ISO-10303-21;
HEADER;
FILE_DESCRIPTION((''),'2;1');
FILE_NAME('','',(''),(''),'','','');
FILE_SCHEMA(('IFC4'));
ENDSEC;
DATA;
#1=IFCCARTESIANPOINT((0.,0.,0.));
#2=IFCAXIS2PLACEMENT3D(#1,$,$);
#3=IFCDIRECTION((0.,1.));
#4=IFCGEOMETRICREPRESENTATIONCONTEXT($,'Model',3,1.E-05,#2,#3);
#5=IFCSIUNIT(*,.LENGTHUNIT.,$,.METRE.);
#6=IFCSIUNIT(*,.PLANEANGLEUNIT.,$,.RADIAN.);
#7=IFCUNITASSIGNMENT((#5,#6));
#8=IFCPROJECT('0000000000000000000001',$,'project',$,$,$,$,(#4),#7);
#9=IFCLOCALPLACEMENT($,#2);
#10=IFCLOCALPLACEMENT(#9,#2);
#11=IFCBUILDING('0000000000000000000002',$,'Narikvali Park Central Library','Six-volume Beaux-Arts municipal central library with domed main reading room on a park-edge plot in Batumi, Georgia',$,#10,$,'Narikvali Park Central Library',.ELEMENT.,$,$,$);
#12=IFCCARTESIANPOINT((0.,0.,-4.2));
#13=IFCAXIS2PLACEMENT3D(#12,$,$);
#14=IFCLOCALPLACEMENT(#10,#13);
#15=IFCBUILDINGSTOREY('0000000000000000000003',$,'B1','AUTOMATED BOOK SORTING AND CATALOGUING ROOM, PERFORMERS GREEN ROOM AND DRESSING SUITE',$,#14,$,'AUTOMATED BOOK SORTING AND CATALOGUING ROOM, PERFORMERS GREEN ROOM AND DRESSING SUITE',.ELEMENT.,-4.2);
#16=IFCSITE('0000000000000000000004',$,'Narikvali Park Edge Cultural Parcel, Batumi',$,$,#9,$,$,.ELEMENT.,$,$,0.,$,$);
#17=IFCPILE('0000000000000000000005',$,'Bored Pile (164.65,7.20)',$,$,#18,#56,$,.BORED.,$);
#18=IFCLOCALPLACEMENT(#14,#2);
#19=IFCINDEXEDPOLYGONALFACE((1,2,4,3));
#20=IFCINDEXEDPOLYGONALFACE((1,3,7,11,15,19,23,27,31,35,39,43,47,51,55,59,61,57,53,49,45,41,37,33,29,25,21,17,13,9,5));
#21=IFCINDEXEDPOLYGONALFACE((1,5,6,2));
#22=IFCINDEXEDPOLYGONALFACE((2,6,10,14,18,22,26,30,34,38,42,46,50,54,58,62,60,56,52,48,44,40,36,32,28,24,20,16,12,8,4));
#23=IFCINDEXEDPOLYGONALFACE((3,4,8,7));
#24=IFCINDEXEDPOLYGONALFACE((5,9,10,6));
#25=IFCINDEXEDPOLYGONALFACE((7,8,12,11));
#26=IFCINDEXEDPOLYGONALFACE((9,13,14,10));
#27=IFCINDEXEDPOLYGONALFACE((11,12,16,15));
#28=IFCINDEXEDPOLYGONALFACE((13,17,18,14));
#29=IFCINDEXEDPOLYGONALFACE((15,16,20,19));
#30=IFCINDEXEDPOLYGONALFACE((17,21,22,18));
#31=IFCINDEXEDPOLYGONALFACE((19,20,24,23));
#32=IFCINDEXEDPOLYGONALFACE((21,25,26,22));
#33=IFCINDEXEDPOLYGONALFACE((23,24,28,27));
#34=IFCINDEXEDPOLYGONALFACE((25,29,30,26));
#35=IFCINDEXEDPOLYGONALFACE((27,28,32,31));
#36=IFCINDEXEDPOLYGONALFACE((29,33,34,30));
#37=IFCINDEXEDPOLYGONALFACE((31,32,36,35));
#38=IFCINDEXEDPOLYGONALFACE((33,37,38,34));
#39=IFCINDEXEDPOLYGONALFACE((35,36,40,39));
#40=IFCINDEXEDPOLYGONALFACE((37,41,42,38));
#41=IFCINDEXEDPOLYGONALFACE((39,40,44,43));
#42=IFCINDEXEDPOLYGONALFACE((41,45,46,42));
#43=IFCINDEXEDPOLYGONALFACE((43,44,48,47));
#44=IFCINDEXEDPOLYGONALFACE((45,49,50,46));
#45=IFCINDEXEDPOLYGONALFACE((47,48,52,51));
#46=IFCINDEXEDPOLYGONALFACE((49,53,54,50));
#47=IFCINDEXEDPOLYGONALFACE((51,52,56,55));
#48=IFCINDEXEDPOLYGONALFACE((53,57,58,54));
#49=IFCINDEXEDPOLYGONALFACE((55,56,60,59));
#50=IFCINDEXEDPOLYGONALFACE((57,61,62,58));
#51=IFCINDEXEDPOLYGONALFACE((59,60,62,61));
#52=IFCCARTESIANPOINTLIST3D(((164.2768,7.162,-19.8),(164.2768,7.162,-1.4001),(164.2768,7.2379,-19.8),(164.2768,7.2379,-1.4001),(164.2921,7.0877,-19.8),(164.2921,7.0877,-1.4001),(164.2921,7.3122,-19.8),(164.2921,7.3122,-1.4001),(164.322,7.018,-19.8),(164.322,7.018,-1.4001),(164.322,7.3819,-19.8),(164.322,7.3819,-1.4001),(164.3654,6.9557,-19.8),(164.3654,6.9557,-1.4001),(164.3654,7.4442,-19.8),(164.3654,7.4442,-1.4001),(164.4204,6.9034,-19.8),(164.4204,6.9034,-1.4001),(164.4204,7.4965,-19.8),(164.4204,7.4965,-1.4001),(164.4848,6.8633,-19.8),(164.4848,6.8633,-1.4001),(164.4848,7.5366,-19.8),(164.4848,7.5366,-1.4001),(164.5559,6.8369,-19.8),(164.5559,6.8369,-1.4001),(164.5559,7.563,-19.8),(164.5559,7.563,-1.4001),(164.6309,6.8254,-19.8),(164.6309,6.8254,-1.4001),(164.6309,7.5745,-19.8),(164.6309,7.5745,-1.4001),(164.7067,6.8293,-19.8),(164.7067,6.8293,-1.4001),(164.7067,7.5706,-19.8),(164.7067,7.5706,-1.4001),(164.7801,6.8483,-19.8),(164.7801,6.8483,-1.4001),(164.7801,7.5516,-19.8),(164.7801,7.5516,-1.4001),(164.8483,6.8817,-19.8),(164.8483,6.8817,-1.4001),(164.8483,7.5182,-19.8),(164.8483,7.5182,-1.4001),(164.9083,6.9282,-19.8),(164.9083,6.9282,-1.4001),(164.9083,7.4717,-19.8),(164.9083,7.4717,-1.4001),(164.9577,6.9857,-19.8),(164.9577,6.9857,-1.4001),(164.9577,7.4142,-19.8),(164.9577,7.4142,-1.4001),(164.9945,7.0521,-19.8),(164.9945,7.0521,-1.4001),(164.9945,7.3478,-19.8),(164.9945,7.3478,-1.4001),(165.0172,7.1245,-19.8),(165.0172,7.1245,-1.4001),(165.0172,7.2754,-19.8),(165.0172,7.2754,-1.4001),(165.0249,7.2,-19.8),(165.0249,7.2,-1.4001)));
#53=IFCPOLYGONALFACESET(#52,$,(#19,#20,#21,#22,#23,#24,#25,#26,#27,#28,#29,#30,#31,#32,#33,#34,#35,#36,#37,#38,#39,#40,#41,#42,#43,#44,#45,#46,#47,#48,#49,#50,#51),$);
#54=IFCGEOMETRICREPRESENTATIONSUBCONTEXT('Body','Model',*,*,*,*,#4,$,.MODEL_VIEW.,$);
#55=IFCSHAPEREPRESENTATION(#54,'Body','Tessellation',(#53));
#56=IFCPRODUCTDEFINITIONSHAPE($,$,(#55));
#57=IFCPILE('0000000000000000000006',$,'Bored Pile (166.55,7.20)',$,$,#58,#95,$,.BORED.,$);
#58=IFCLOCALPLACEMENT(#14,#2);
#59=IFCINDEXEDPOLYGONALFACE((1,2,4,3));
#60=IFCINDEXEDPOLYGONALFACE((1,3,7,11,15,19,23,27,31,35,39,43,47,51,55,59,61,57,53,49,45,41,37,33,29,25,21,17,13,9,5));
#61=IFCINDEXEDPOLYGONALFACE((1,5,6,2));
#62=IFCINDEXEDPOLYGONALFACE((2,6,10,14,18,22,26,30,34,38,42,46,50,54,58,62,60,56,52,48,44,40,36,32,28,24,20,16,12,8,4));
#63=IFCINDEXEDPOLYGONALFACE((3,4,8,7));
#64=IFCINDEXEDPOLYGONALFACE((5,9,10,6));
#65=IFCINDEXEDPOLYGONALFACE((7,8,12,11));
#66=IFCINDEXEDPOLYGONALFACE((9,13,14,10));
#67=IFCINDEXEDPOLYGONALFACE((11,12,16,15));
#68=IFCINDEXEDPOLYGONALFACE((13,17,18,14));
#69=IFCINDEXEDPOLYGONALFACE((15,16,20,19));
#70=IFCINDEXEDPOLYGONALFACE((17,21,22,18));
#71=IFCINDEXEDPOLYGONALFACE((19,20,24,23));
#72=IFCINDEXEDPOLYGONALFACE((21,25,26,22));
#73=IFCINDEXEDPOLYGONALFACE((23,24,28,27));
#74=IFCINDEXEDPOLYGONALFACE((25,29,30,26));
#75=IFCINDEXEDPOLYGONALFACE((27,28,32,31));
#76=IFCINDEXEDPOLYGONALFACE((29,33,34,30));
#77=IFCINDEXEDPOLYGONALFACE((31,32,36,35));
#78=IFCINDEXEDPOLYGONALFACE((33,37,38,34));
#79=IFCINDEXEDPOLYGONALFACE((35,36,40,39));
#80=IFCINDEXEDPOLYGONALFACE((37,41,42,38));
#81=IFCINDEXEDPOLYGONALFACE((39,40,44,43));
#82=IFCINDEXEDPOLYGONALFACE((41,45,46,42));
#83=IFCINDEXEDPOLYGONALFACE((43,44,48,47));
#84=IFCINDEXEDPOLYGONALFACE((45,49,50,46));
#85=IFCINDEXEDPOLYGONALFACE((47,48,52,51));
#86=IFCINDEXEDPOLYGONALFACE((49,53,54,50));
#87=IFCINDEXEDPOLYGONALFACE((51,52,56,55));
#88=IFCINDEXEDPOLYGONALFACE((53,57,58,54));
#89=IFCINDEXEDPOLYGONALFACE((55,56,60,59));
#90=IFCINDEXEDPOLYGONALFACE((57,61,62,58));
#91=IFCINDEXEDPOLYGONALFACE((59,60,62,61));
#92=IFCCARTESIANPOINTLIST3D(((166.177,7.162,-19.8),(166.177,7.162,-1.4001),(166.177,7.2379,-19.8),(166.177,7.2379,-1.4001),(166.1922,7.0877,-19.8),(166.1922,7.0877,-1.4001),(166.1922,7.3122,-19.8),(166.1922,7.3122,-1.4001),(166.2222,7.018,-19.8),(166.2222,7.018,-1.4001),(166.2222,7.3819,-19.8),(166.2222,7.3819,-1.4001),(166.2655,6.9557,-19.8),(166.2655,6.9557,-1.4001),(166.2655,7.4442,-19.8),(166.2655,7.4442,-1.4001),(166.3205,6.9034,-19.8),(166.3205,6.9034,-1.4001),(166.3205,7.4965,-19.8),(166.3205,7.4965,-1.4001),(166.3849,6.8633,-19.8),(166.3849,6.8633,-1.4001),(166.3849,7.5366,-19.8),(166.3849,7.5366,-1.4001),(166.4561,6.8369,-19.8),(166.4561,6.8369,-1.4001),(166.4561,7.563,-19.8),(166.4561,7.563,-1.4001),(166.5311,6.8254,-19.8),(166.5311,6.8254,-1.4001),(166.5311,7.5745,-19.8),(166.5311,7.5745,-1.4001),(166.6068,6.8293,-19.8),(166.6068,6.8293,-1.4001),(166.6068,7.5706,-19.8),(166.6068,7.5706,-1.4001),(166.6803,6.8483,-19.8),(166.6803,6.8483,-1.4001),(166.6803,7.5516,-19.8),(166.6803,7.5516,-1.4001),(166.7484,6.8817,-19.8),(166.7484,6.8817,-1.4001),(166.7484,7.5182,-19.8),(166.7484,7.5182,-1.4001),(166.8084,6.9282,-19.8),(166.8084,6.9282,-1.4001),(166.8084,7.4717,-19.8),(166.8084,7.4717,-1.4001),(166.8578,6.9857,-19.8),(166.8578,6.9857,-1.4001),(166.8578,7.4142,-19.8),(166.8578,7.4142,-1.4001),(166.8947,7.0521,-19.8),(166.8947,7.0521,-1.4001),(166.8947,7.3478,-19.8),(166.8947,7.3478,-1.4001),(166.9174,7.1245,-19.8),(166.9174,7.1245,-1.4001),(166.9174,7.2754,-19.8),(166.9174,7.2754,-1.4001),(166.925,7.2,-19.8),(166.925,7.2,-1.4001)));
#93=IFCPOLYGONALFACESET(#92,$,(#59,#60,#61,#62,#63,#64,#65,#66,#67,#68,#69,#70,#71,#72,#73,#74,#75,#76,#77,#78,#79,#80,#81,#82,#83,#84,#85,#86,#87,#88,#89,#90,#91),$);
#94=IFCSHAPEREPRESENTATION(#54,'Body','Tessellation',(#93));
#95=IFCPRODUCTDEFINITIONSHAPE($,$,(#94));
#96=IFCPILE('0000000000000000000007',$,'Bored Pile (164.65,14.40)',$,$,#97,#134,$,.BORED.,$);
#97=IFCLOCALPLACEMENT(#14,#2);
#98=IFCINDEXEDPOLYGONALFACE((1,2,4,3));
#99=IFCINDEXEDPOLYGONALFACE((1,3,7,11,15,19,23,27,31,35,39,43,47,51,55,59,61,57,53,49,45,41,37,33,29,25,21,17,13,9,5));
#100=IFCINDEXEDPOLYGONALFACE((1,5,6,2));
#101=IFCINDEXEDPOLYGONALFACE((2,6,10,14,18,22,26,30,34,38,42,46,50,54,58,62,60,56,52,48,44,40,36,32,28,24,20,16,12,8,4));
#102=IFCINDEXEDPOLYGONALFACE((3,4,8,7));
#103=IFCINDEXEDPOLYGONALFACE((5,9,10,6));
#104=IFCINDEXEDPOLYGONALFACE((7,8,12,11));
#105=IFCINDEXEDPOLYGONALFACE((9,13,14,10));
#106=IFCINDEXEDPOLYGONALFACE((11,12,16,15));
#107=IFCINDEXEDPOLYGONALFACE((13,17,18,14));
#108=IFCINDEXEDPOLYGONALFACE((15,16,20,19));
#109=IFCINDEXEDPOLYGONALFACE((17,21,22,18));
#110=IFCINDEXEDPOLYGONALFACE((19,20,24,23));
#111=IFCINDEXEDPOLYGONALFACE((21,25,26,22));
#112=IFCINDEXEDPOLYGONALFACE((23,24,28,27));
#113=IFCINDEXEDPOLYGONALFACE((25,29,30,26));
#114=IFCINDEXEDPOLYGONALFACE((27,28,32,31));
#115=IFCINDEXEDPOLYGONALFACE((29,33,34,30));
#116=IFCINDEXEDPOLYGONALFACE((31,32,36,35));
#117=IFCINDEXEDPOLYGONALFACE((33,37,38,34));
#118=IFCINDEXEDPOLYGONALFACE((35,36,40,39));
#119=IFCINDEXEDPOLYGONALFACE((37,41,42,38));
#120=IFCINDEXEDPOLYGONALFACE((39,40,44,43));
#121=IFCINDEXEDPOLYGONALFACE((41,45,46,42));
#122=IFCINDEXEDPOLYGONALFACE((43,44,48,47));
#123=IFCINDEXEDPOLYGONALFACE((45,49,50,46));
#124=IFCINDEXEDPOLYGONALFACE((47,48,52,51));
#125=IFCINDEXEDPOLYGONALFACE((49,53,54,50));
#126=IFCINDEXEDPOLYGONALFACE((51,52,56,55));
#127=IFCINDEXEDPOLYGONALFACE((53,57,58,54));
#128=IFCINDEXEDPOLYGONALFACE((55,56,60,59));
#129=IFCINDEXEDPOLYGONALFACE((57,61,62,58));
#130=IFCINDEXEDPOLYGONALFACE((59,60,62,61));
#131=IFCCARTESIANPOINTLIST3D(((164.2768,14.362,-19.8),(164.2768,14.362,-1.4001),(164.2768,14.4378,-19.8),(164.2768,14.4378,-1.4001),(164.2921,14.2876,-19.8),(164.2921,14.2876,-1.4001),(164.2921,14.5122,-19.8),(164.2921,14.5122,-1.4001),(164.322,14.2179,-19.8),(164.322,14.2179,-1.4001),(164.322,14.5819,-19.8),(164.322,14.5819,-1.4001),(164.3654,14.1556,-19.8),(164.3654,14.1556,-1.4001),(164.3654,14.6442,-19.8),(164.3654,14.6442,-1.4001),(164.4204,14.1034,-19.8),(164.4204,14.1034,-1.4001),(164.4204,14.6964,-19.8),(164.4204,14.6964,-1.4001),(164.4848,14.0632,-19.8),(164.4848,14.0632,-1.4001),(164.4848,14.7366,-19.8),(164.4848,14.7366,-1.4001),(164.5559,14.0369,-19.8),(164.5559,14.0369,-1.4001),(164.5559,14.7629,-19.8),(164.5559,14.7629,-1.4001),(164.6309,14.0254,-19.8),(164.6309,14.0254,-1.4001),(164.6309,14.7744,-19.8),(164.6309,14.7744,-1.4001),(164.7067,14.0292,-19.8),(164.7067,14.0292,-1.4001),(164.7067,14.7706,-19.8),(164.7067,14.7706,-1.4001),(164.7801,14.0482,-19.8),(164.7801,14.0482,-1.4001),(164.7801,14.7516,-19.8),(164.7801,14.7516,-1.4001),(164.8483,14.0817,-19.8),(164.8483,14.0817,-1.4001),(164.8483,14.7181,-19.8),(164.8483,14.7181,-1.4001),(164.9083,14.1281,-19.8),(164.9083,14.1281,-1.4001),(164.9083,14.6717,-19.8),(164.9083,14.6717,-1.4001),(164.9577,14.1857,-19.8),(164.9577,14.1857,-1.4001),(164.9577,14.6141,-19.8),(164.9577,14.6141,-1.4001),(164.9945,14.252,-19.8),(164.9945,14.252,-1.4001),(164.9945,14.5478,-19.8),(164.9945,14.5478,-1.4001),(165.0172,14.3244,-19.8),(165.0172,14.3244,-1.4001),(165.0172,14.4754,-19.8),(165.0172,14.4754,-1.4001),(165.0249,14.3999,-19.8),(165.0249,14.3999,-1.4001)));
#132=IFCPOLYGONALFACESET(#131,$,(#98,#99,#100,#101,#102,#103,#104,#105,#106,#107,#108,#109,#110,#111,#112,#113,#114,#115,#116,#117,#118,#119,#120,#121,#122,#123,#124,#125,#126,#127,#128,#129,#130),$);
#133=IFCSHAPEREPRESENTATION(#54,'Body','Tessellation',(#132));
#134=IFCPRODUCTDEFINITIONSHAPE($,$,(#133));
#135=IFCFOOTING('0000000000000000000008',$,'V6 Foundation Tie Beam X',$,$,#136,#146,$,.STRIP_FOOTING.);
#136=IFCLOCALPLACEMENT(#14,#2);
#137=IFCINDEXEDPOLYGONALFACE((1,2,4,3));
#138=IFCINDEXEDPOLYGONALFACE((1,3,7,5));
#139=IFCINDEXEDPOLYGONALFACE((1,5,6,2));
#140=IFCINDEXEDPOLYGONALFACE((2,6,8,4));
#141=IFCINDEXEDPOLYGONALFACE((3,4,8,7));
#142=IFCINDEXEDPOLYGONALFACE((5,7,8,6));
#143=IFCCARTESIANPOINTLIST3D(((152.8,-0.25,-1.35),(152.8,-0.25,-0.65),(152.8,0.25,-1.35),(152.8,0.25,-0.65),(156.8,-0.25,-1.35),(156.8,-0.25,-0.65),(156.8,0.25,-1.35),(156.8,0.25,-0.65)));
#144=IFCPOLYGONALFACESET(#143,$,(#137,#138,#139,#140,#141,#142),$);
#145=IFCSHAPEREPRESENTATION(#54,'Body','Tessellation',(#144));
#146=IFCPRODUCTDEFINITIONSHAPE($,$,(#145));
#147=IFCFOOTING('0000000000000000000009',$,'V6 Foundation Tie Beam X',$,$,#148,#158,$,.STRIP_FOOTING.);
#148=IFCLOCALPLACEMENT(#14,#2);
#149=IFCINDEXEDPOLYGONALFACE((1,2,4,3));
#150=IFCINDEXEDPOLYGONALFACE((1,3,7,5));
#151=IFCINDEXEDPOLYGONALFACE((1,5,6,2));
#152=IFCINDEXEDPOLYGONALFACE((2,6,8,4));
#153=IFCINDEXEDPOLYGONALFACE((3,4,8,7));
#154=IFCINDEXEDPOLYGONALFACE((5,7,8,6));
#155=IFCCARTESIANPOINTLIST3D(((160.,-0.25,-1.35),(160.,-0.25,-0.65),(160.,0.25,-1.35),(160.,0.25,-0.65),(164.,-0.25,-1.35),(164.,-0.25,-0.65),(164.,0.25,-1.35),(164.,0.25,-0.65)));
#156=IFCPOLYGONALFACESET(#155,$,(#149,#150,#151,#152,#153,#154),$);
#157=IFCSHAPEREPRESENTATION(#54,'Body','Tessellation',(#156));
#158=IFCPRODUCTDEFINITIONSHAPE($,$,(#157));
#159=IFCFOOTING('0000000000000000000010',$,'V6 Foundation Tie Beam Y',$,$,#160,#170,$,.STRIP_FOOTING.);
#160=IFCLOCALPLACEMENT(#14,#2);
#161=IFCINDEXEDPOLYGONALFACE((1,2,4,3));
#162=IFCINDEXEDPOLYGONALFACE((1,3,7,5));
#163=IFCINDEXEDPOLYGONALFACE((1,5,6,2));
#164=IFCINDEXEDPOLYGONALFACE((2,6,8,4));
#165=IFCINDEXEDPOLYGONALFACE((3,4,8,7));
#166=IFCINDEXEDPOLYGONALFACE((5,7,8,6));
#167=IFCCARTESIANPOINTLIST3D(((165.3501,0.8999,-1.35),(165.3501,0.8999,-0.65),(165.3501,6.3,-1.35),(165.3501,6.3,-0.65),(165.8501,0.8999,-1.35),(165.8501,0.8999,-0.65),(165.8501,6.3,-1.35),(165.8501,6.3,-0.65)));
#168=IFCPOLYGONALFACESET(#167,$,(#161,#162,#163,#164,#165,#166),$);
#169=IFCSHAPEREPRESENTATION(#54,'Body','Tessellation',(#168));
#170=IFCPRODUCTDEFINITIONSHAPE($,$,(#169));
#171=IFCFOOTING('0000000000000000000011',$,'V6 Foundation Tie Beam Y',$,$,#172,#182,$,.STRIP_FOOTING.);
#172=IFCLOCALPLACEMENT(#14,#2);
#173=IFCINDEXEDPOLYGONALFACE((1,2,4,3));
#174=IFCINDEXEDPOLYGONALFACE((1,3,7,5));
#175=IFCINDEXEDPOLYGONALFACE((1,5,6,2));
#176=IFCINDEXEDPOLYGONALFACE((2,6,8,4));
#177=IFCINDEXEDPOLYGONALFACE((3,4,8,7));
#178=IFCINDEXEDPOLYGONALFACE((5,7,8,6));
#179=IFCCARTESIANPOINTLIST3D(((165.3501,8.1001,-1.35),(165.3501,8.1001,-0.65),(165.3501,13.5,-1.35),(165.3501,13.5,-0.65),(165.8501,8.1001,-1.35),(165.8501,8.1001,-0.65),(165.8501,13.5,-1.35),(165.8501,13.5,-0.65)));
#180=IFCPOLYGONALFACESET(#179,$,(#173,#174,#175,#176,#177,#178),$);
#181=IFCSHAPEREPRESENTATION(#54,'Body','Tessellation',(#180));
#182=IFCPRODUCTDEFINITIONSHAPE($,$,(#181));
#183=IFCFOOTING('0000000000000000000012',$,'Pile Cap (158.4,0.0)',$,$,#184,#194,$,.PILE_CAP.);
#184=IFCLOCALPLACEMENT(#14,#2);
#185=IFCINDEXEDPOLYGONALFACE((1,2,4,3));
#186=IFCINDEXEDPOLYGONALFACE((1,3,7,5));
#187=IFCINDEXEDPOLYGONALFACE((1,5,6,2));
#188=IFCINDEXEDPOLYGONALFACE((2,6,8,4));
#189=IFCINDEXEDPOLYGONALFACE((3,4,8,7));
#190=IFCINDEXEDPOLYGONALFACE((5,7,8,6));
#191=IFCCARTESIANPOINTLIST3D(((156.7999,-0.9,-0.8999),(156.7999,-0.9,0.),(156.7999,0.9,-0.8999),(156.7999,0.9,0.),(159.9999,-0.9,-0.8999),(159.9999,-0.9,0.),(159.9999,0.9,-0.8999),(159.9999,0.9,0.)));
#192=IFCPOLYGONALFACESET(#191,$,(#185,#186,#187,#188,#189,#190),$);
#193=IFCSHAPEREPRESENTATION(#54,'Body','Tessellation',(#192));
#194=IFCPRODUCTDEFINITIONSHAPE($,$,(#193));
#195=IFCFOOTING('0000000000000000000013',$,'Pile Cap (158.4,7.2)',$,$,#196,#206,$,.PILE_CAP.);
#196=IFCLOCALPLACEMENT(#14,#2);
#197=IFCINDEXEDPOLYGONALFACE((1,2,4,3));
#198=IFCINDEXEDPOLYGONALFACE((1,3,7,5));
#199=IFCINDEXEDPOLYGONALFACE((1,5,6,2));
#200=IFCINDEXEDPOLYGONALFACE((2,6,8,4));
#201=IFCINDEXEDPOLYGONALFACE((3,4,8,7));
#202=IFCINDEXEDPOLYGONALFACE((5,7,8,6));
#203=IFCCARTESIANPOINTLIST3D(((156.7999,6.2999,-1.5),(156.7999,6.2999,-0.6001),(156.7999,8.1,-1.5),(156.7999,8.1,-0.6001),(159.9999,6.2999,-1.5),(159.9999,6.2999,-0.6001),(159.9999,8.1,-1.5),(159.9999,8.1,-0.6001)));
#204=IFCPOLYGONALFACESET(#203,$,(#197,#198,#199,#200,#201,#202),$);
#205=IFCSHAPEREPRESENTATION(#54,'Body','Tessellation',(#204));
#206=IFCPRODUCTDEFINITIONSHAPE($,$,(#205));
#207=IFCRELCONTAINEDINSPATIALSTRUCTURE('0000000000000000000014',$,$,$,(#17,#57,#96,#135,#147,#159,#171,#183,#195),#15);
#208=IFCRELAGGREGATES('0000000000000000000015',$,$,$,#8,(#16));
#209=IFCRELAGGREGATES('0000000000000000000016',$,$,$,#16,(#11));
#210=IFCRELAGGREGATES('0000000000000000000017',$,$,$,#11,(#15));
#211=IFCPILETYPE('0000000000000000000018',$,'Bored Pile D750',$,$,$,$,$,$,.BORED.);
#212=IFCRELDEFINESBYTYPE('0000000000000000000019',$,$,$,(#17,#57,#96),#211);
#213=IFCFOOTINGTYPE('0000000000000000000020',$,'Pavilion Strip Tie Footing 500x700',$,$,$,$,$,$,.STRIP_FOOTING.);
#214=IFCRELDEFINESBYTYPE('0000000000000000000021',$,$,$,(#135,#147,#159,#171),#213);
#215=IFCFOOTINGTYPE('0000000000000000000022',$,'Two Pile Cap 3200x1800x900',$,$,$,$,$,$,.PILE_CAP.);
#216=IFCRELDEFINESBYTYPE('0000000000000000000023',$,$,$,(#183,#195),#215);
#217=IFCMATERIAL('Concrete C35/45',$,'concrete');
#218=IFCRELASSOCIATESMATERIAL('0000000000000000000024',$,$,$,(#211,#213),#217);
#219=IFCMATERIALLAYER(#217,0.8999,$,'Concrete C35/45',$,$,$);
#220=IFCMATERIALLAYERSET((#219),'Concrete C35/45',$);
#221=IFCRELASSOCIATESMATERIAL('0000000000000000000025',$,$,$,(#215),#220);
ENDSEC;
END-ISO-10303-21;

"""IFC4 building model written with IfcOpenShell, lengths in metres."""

from ifc_helpers import new_model, si_unit, direction, frame, origin, origin_2d, place, context, subcontext, project, spatial, rectangle, circle, extrude, material, layer, layer_set, material_profile, profile_set, type_object, element, save


model = new_model("IFC4")

# Units and contexts
model_context = context("Model", 3, precision=1e-05, world=origin(), true_north=direction((0.0, 1.0)))
body_context = subcontext(model_context, "Body", "Model", "MODEL_VIEW")
ifc_project = project(units=[si_unit("LENGTHUNIT", "METRE"), si_unit("PLANEANGLEUNIT", "RADIAN")], contexts=[model_context])

# Site, building, storey
site_placement = place(None, origin())
site = spatial("IfcSite", under=ifc_project, at=site_placement, Name="Narikvali Park Edge Cultural Parcel, Batumi", CompositionType="ELEMENT", RefElevation=0.0)
building_placement = place(site_placement, origin())
building = spatial("IfcBuilding", under=site, at=building_placement, Name="Narikvali Park Central Library", Description="Six-volume Beaux-Arts municipal central library with domed main reading room on a park-edge plot in Batumi, Georgia", LongName="Narikvali Park Central Library", CompositionType="ELEMENT")
storey_placement = place(building_placement, frame((0.0, 0.0, -4.2)))
storey = spatial("IfcBuildingStorey", under=building, at=storey_placement, Name="B1", Description="AUTOMATED BOOK SORTING AND CATALOGUING ROOM, PERFORMERS GREEN ROOM AND DRESSING SUITE", LongName="AUTOMATED BOOK SORTING AND CATALOGUING ROOM, PERFORMERS GREEN ROOM AND DRESSING SUITE", CompositionType="ELEMENT", Elevation=-4.2)

# Piles
ifc_material_1 = material(Name="Concrete C35/45", Category="concrete")
ifc_material_profile_1 = material_profile(ifc_material_1, circle(Radius=0.375, at=origin_2d()), Name="PILE D750")
ifc_profile_set_1 = profile_set([ifc_material_profile_1], Name="Concrete C35/45")
pile_type = type_object("IfcPileType", Name="Bored Pile D750", PredefinedType="BORED", material=ifc_profile_set_1)
for number, where, z_axis, x_axis, name in (
    (1, (164.6499, 7.2, -1.4001), (0.0, 0.0, -1.0), (1.0, 0.0, 0.0), "Bored Pile (164.65,7.20)"),
    (2, (166.55, 7.2, -1.4001), (0.0, 0.0, -1.0), (1.0, 0.0, 0.0), "Bored Pile (166.55,7.20)"),
    (3, (164.6499, 14.3999, -1.4001), (0.0, 0.0, -1.0), (1.0, 0.0, 0.0), "Bored Pile (164.65,14.40)"),
):
    element("IfcPile", number, at=place(storey_placement, frame(where, z_axis=z_axis, x_axis=x_axis)), inside=storey, type_object=pile_type, Name=name, PredefinedType="BORED", context=body_context, shape_type="SweptSolid", body=[
        extrude(circle(Radius=0.375, at=origin_2d()), origin(), (0.0, 0.0, 1.0), 18.3999),
    ])

# Footings
ifc_material_profile_2 = material_profile(ifc_material_1, rectangle(XDim=0.5, YDim=0.7, at=origin_2d()), Name="RC GB 500x700")
ifc_profile_set_2 = profile_set([ifc_material_profile_2], Name="Concrete C35/45")
footing_type_1 = type_object("IfcFootingType", Name="Pavilion Strip Tie Footing 500x700", PredefinedType="STRIP_FOOTING", material=ifc_profile_set_2)
for number, where, z_axis, x_axis, name in (
    (4, (152.8, 0.0, -1.0), (1.0, 0.0, 0.0), (0.0, 1.0, 0.0), "V6 Foundation Tie Beam X"),
    (5, (160.0, 0.0, -1.0), (1.0, 0.0, 0.0), (0.0, 1.0, 0.0), "V6 Foundation Tie Beam X"),
):
    element("IfcFooting", number, at=place(storey_placement, frame(where, z_axis=z_axis, x_axis=x_axis)), inside=storey, type_object=footing_type_1, Name=name, PredefinedType="STRIP_FOOTING", context=body_context, shape_type="SweptSolid", body=[
        extrude(rectangle(XDim=0.5, YDim=0.7, at=origin_2d()), origin(), (0.0, 0.0, 1.0), 4.0),
    ])
footing_1_placement = place(storey_placement, frame((165.6001, 0.8999, -1.0), z_axis=(0.0, 1.0, 0.0), x_axis=(-1.0, 0.0, 0.0)))
element("IfcFooting", 6, at=footing_1_placement, inside=storey, type_object=footing_type_1, Name="V6 Foundation Tie Beam Y", PredefinedType="STRIP_FOOTING", context=body_context, shape_type="SweptSolid", body=[
    extrude(rectangle(XDim=0.5, YDim=0.7, at=origin_2d()), origin(), (0.0, 0.0, 1.0), 5.4001),
])
footing_2_placement = place(storey_placement, frame((165.6001, 8.1001, -1.0), z_axis=(0.0, 1.0, 0.0), x_axis=(-1.0, 0.0, 0.0)))
element("IfcFooting", 7, at=footing_2_placement, inside=storey, type_object=footing_type_1, Name="V6 Foundation Tie Beam Y", PredefinedType="STRIP_FOOTING", context=body_context, shape_type="SweptSolid", body=[
    extrude(rectangle(XDim=0.5, YDim=0.7, at=origin_2d()), origin(), (0.0, 0.0, 1.0), 5.3999),
])
ifc_layer_1 = layer(ifc_material_1, 0.8999, Name="Concrete C35/45")
ifc_layer_set_1 = layer_set([ifc_layer_1], Name="Concrete C35/45")
footing_type_2 = type_object("IfcFootingType", Name="Two Pile Cap 3200x1800x900", PredefinedType="PILE_CAP", material=ifc_layer_set_1)
for number, where, z_axis, x_axis, name in (
    (8, (158.3999, 0.0, -0.8999), (0.0, 0.0, 1.0), (1.0, 0.0, 0.0), "Pile Cap (158.4,0.0)"),
    (9, (158.3999, 7.2, -1.5), (0.0, 0.0, 1.0), (1.0, 0.0, 0.0), "Pile Cap (158.4,7.2)"),
):
    element("IfcFooting", number, at=place(storey_placement, frame(where, z_axis=z_axis, x_axis=x_axis)), inside=storey, type_object=footing_type_2, Name=name, PredefinedType="PILE_CAP", context=body_context, shape_type="SweptSolid", body=[
        extrude(rectangle(XDim=3.2, YDim=1.8, at=origin_2d()), origin(), (0.0, 0.0, 1.0), 0.8999),
    ])

save(model, "model.ifc")
